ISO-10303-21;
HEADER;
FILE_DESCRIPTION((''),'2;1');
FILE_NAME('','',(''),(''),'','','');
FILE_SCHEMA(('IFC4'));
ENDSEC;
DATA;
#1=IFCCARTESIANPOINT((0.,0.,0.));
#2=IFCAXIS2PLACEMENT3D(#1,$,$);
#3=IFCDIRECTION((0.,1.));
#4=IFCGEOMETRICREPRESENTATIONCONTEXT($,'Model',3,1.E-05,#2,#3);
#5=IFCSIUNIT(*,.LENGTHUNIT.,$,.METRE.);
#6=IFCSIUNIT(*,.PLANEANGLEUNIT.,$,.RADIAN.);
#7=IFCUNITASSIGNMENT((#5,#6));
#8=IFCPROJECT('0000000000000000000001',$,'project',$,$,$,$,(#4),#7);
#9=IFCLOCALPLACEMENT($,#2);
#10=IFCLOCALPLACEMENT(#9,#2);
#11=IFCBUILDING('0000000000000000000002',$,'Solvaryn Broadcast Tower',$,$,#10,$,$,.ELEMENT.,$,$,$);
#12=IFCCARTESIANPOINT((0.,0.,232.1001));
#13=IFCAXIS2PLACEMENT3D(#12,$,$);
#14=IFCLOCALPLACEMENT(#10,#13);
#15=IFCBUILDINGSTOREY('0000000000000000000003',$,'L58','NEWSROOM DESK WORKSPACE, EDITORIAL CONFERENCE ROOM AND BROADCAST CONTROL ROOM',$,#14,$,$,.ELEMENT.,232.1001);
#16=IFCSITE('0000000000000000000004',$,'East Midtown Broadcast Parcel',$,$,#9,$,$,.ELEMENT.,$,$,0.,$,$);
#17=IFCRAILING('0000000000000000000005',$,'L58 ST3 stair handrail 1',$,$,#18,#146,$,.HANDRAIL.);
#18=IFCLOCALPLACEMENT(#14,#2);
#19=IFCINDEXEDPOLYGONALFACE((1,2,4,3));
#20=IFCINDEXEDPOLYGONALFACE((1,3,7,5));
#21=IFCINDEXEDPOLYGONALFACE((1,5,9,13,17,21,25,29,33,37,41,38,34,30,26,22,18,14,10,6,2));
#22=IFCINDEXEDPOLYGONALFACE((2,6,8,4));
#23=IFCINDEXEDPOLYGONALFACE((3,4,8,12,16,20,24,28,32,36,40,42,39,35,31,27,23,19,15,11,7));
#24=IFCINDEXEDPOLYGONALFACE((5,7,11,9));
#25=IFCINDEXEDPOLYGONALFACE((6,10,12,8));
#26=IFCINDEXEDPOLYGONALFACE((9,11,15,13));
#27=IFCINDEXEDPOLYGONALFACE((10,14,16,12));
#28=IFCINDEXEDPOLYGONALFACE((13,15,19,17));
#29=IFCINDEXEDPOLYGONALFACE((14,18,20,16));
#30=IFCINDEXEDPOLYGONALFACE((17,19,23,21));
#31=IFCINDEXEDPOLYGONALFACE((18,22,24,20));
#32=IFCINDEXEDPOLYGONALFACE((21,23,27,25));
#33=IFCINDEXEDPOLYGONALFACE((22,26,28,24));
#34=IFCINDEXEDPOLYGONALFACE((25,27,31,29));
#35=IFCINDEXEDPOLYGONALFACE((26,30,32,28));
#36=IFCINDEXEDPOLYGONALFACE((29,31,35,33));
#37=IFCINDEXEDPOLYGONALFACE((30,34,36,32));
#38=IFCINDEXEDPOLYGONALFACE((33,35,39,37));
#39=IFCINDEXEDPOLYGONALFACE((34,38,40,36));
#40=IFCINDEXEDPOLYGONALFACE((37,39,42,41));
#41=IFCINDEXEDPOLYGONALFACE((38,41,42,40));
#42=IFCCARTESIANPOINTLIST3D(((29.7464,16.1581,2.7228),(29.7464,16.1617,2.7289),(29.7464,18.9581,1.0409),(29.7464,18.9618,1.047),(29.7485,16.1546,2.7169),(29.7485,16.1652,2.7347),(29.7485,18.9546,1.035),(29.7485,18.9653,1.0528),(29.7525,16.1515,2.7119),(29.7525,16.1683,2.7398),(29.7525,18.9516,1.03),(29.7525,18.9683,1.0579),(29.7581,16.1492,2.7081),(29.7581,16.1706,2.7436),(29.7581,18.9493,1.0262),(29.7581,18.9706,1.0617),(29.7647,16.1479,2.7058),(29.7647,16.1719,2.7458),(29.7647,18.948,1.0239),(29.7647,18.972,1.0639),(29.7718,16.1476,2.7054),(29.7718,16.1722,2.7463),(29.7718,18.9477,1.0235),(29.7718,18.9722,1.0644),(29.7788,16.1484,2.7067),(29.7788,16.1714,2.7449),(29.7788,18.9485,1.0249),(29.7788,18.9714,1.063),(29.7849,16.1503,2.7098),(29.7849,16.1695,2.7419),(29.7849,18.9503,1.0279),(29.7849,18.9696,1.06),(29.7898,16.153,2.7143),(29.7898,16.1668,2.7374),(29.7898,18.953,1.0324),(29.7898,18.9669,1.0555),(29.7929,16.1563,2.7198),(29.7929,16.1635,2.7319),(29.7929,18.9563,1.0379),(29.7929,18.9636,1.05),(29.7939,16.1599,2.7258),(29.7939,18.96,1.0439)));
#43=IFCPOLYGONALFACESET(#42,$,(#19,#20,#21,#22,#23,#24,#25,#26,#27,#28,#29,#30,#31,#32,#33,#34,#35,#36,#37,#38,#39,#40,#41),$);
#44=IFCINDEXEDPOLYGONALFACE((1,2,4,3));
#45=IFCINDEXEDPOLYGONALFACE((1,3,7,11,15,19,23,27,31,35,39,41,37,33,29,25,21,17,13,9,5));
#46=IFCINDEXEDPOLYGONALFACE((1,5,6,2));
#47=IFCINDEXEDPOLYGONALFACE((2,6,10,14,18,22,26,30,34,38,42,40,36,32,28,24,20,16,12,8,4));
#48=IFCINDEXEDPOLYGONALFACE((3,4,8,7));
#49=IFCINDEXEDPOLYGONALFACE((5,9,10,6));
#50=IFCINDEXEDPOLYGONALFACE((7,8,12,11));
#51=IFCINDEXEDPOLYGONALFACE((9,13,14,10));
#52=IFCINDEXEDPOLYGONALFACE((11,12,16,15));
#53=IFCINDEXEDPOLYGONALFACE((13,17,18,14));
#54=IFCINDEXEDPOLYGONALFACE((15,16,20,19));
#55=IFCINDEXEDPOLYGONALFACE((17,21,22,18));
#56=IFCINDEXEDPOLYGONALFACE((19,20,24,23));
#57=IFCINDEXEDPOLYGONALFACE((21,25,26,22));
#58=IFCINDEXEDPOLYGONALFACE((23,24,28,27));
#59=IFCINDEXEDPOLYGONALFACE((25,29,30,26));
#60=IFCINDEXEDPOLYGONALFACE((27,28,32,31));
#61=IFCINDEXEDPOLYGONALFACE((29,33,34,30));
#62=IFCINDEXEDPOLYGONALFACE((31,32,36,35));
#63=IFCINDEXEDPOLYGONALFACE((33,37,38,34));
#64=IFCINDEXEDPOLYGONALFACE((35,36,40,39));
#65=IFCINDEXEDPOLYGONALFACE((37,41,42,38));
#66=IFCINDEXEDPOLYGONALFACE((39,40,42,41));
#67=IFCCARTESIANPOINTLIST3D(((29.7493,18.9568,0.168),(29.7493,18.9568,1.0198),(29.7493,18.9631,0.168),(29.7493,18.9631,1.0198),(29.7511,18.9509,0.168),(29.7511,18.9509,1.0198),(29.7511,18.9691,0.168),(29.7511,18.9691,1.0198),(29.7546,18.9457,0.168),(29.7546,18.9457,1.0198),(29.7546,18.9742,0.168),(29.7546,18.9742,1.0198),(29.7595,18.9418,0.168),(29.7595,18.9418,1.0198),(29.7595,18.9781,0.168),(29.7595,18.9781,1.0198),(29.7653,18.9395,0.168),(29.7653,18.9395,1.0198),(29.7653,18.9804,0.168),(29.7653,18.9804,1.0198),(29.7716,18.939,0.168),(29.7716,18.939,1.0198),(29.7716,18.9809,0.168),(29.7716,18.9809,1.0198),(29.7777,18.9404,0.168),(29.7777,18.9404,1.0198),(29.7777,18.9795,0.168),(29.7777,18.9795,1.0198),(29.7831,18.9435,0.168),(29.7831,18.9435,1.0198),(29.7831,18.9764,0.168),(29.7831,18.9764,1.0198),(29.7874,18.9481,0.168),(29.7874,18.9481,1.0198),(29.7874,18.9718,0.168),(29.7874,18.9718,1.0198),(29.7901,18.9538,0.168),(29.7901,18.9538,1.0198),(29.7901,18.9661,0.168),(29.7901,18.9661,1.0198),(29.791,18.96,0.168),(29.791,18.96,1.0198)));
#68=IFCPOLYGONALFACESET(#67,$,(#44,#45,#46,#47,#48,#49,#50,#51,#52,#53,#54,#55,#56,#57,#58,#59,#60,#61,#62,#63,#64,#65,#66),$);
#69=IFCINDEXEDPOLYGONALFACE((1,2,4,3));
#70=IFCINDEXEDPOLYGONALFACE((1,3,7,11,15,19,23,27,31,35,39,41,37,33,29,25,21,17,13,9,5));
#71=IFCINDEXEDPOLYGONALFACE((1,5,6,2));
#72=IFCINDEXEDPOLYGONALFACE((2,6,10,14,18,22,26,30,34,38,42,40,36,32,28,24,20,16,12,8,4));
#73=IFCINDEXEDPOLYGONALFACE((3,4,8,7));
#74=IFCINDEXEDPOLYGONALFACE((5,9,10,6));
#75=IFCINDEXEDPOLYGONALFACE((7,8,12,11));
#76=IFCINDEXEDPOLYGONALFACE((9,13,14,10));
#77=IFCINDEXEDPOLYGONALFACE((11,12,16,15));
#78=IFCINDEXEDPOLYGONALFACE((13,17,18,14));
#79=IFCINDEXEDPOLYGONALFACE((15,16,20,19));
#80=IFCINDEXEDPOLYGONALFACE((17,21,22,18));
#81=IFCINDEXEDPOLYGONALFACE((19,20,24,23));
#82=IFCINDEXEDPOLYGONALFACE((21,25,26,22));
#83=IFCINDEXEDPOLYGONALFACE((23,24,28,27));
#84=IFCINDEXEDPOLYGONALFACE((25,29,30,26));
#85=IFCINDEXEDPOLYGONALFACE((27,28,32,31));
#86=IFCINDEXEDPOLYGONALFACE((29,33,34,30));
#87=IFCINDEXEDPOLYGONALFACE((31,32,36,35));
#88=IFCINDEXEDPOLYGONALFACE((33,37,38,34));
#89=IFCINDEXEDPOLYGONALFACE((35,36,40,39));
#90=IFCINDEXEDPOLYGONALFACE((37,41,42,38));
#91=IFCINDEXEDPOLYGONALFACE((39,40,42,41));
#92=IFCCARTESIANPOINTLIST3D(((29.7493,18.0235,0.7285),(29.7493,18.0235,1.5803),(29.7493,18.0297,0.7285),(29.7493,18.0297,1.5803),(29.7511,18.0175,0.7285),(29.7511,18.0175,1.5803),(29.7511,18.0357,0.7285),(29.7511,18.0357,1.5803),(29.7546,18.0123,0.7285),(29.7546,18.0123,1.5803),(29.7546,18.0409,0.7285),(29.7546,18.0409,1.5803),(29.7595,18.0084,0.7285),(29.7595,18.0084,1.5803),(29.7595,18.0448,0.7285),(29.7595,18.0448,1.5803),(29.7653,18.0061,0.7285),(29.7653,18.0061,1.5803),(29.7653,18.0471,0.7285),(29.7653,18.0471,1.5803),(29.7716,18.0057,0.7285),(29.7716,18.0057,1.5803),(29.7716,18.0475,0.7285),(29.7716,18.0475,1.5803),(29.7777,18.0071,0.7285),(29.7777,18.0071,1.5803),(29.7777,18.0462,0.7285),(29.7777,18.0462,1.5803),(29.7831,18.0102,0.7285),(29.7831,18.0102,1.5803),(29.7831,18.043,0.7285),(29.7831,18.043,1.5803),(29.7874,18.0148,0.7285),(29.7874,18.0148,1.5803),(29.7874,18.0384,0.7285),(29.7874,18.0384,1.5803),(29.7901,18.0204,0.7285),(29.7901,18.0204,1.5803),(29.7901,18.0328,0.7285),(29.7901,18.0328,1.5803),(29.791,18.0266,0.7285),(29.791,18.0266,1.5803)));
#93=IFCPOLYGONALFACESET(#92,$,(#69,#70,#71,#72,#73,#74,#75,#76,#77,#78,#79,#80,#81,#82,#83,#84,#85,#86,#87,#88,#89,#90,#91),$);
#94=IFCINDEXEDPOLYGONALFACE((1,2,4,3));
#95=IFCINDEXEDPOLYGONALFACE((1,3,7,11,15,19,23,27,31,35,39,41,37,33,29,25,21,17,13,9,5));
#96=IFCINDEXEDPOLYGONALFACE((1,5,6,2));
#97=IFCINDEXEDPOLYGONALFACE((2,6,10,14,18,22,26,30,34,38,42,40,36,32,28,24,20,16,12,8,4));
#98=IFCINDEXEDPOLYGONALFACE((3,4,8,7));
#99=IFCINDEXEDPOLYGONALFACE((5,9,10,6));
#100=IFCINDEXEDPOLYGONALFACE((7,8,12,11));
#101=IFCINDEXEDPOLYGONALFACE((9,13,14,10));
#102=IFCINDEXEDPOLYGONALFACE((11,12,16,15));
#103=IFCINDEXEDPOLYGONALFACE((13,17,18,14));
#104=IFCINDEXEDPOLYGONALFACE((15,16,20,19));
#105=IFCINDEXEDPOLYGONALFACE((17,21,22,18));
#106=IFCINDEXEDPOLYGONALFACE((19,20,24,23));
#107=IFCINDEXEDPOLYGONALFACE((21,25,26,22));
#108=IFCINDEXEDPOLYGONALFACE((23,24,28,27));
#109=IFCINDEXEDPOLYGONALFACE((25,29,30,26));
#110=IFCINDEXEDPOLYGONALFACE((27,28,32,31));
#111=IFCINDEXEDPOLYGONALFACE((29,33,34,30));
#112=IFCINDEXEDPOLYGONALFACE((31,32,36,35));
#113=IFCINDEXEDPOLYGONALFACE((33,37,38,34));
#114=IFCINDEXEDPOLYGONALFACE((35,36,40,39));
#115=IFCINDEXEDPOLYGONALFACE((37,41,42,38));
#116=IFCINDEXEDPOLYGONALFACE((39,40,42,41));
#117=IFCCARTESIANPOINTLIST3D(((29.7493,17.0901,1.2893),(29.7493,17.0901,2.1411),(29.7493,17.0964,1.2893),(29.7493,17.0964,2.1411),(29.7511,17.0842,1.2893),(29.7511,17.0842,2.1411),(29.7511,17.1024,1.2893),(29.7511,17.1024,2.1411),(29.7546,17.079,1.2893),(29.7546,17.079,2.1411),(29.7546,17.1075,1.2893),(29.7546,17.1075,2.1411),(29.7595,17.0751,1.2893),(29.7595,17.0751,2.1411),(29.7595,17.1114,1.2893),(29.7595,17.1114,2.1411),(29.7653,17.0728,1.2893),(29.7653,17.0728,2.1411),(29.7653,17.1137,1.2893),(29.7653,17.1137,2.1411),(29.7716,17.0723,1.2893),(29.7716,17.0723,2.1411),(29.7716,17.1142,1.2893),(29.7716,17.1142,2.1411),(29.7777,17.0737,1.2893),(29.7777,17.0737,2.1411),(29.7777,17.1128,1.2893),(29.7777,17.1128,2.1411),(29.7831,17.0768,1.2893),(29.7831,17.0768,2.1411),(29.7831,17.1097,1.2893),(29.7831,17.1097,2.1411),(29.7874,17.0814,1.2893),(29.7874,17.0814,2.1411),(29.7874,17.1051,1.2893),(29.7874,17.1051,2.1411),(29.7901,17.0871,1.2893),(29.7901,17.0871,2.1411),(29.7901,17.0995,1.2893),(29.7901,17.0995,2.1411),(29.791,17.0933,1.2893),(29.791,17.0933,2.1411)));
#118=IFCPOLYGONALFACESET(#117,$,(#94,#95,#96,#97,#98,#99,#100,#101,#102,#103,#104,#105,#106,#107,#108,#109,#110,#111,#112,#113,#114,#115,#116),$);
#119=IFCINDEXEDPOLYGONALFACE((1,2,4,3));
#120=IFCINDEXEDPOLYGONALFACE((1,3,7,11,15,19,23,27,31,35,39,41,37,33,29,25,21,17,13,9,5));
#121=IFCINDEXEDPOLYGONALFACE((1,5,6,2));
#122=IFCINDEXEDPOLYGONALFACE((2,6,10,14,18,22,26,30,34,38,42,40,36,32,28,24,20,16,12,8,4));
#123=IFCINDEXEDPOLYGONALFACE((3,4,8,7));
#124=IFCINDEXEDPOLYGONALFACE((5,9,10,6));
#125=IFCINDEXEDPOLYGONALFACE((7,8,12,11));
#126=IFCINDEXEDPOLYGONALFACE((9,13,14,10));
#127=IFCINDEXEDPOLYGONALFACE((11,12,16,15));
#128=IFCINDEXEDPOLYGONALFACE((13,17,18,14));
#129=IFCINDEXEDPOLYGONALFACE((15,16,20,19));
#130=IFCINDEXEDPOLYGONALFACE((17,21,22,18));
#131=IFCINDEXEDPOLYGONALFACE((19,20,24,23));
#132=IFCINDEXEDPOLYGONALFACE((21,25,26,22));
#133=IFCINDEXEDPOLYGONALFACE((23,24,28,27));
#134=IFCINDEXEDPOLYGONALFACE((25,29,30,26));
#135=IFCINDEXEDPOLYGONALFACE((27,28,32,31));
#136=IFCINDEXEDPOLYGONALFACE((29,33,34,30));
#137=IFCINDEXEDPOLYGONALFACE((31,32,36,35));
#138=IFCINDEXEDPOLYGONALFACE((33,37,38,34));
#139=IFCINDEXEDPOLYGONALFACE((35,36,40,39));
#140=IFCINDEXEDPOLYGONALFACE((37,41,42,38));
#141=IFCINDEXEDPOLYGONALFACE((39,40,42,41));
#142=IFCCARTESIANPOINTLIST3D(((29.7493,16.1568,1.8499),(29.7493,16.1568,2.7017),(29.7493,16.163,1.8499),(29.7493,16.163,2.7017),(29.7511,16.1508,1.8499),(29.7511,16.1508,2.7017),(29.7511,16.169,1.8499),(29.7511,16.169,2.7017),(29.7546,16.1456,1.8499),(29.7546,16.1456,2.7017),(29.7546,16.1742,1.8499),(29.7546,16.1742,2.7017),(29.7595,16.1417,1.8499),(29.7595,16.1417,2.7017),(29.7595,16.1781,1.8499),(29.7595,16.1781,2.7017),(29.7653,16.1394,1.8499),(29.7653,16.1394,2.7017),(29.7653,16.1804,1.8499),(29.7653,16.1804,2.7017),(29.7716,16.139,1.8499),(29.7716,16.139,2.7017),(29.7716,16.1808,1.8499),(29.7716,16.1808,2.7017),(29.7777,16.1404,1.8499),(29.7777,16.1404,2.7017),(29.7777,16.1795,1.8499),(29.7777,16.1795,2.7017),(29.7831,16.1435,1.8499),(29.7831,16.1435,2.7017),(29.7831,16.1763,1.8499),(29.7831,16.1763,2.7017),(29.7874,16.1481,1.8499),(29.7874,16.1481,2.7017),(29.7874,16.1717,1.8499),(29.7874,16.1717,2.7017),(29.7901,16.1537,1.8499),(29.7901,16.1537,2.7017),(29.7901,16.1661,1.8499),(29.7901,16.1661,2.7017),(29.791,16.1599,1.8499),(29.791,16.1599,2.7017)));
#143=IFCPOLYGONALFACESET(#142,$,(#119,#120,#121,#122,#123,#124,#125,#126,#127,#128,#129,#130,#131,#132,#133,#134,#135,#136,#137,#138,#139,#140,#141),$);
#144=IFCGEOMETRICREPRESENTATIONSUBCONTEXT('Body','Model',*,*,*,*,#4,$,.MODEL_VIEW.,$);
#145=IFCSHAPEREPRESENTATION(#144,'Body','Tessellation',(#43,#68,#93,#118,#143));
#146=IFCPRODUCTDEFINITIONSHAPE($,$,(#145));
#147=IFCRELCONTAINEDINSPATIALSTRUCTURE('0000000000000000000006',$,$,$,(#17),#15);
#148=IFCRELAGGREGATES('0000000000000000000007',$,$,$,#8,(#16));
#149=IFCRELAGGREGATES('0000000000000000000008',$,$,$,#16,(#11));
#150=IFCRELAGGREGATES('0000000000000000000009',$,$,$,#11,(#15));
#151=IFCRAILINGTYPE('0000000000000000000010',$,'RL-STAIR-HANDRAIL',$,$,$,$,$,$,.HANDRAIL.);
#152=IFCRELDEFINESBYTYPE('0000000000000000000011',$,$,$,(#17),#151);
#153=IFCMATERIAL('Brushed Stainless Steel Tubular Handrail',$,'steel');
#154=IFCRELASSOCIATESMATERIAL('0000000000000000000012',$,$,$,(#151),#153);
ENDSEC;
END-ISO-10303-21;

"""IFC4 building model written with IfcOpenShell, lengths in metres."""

from ifc_helpers import new_model, si_unit, direction, frame, origin, origin_2d, place, context, subcontext, project, spatial, circle, extrude, material, type_object, element, save


model = new_model("IFC4")

# Units and contexts
model_context = context("Model", 3, precision=1e-05, world=origin(), true_north=direction((0.0, 1.0)))
body_context = subcontext(model_context, "Body", "Model", "MODEL_VIEW")
ifc_project = project(units=[si_unit("LENGTHUNIT", "METRE"), si_unit("PLANEANGLEUNIT", "RADIAN")], contexts=[model_context])

# Site, building, storey
site_placement = place(None, origin())
site = spatial("IfcSite", under=ifc_project, at=site_placement, Name="East Midtown Broadcast Parcel", CompositionType="ELEMENT", RefElevation=0.0)
building_placement = place(site_placement, origin())
building = spatial("IfcBuilding", under=site, at=building_placement, Name="Solvaryn Broadcast Tower", CompositionType="ELEMENT")
storey_placement = place(building_placement, frame((0.0, 0.0, 232.1001)))
storey = spatial("IfcBuildingStorey", under=building, at=storey_placement, Name="L58", Description="NEWSROOM DESK WORKSPACE, EDITORIAL CONFERENCE ROOM AND BROADCAST CONTROL ROOM", CompositionType="ELEMENT", Elevation=232.1001)

# Railing
ifc_material_1 = material(Name="Brushed Stainless Steel Tubular Handrail", Category="steel")
railing_type_1 = type_object("IfcRailingType", Name="RL-STAIR-HANDRAIL", PredefinedType="HANDRAIL", material=ifc_material_1)
railing_1_placement = place(storey_placement, frame((29.77, 18.96, 0.168)))
element("IfcRailing", 1, at=railing_1_placement, inside=storey, type_object=railing_type_1, Name="L58 ST3 stair handrail 1", PredefinedType="HANDRAIL", context=body_context, shape_type="SweptSolid", body=[
    extrude(circle(Radius=0.0239, at=origin_2d()), frame((0.0, 0.0, 0.876), z_axis=(0.0, -0.857242, 0.514913), x_axis=(1.0, 0.0, 0.0)), (0.0, 0.0, 1.0), 3.2664),
    extrude(circle(Radius=0.021, at=origin_2d()), origin(), (0.0, 0.0, 1.0), 0.8518),
    extrude(circle(Radius=0.021, at=origin_2d()), frame((0.0, -0.9333, 0.5605)), (0.0, 0.0, 1.0), 0.8518),
    extrude(circle(Radius=0.021, at=origin_2d()), frame((0.0, -1.8667, 1.1213)), (0.0, 0.0, 1.0), 0.8518),
    extrude(circle(Radius=0.021, at=origin_2d()), frame((0.0, -2.8, 1.6819)), (0.0, 0.0, 1.0), 0.8518),
])

save(model, "model.ifc")
